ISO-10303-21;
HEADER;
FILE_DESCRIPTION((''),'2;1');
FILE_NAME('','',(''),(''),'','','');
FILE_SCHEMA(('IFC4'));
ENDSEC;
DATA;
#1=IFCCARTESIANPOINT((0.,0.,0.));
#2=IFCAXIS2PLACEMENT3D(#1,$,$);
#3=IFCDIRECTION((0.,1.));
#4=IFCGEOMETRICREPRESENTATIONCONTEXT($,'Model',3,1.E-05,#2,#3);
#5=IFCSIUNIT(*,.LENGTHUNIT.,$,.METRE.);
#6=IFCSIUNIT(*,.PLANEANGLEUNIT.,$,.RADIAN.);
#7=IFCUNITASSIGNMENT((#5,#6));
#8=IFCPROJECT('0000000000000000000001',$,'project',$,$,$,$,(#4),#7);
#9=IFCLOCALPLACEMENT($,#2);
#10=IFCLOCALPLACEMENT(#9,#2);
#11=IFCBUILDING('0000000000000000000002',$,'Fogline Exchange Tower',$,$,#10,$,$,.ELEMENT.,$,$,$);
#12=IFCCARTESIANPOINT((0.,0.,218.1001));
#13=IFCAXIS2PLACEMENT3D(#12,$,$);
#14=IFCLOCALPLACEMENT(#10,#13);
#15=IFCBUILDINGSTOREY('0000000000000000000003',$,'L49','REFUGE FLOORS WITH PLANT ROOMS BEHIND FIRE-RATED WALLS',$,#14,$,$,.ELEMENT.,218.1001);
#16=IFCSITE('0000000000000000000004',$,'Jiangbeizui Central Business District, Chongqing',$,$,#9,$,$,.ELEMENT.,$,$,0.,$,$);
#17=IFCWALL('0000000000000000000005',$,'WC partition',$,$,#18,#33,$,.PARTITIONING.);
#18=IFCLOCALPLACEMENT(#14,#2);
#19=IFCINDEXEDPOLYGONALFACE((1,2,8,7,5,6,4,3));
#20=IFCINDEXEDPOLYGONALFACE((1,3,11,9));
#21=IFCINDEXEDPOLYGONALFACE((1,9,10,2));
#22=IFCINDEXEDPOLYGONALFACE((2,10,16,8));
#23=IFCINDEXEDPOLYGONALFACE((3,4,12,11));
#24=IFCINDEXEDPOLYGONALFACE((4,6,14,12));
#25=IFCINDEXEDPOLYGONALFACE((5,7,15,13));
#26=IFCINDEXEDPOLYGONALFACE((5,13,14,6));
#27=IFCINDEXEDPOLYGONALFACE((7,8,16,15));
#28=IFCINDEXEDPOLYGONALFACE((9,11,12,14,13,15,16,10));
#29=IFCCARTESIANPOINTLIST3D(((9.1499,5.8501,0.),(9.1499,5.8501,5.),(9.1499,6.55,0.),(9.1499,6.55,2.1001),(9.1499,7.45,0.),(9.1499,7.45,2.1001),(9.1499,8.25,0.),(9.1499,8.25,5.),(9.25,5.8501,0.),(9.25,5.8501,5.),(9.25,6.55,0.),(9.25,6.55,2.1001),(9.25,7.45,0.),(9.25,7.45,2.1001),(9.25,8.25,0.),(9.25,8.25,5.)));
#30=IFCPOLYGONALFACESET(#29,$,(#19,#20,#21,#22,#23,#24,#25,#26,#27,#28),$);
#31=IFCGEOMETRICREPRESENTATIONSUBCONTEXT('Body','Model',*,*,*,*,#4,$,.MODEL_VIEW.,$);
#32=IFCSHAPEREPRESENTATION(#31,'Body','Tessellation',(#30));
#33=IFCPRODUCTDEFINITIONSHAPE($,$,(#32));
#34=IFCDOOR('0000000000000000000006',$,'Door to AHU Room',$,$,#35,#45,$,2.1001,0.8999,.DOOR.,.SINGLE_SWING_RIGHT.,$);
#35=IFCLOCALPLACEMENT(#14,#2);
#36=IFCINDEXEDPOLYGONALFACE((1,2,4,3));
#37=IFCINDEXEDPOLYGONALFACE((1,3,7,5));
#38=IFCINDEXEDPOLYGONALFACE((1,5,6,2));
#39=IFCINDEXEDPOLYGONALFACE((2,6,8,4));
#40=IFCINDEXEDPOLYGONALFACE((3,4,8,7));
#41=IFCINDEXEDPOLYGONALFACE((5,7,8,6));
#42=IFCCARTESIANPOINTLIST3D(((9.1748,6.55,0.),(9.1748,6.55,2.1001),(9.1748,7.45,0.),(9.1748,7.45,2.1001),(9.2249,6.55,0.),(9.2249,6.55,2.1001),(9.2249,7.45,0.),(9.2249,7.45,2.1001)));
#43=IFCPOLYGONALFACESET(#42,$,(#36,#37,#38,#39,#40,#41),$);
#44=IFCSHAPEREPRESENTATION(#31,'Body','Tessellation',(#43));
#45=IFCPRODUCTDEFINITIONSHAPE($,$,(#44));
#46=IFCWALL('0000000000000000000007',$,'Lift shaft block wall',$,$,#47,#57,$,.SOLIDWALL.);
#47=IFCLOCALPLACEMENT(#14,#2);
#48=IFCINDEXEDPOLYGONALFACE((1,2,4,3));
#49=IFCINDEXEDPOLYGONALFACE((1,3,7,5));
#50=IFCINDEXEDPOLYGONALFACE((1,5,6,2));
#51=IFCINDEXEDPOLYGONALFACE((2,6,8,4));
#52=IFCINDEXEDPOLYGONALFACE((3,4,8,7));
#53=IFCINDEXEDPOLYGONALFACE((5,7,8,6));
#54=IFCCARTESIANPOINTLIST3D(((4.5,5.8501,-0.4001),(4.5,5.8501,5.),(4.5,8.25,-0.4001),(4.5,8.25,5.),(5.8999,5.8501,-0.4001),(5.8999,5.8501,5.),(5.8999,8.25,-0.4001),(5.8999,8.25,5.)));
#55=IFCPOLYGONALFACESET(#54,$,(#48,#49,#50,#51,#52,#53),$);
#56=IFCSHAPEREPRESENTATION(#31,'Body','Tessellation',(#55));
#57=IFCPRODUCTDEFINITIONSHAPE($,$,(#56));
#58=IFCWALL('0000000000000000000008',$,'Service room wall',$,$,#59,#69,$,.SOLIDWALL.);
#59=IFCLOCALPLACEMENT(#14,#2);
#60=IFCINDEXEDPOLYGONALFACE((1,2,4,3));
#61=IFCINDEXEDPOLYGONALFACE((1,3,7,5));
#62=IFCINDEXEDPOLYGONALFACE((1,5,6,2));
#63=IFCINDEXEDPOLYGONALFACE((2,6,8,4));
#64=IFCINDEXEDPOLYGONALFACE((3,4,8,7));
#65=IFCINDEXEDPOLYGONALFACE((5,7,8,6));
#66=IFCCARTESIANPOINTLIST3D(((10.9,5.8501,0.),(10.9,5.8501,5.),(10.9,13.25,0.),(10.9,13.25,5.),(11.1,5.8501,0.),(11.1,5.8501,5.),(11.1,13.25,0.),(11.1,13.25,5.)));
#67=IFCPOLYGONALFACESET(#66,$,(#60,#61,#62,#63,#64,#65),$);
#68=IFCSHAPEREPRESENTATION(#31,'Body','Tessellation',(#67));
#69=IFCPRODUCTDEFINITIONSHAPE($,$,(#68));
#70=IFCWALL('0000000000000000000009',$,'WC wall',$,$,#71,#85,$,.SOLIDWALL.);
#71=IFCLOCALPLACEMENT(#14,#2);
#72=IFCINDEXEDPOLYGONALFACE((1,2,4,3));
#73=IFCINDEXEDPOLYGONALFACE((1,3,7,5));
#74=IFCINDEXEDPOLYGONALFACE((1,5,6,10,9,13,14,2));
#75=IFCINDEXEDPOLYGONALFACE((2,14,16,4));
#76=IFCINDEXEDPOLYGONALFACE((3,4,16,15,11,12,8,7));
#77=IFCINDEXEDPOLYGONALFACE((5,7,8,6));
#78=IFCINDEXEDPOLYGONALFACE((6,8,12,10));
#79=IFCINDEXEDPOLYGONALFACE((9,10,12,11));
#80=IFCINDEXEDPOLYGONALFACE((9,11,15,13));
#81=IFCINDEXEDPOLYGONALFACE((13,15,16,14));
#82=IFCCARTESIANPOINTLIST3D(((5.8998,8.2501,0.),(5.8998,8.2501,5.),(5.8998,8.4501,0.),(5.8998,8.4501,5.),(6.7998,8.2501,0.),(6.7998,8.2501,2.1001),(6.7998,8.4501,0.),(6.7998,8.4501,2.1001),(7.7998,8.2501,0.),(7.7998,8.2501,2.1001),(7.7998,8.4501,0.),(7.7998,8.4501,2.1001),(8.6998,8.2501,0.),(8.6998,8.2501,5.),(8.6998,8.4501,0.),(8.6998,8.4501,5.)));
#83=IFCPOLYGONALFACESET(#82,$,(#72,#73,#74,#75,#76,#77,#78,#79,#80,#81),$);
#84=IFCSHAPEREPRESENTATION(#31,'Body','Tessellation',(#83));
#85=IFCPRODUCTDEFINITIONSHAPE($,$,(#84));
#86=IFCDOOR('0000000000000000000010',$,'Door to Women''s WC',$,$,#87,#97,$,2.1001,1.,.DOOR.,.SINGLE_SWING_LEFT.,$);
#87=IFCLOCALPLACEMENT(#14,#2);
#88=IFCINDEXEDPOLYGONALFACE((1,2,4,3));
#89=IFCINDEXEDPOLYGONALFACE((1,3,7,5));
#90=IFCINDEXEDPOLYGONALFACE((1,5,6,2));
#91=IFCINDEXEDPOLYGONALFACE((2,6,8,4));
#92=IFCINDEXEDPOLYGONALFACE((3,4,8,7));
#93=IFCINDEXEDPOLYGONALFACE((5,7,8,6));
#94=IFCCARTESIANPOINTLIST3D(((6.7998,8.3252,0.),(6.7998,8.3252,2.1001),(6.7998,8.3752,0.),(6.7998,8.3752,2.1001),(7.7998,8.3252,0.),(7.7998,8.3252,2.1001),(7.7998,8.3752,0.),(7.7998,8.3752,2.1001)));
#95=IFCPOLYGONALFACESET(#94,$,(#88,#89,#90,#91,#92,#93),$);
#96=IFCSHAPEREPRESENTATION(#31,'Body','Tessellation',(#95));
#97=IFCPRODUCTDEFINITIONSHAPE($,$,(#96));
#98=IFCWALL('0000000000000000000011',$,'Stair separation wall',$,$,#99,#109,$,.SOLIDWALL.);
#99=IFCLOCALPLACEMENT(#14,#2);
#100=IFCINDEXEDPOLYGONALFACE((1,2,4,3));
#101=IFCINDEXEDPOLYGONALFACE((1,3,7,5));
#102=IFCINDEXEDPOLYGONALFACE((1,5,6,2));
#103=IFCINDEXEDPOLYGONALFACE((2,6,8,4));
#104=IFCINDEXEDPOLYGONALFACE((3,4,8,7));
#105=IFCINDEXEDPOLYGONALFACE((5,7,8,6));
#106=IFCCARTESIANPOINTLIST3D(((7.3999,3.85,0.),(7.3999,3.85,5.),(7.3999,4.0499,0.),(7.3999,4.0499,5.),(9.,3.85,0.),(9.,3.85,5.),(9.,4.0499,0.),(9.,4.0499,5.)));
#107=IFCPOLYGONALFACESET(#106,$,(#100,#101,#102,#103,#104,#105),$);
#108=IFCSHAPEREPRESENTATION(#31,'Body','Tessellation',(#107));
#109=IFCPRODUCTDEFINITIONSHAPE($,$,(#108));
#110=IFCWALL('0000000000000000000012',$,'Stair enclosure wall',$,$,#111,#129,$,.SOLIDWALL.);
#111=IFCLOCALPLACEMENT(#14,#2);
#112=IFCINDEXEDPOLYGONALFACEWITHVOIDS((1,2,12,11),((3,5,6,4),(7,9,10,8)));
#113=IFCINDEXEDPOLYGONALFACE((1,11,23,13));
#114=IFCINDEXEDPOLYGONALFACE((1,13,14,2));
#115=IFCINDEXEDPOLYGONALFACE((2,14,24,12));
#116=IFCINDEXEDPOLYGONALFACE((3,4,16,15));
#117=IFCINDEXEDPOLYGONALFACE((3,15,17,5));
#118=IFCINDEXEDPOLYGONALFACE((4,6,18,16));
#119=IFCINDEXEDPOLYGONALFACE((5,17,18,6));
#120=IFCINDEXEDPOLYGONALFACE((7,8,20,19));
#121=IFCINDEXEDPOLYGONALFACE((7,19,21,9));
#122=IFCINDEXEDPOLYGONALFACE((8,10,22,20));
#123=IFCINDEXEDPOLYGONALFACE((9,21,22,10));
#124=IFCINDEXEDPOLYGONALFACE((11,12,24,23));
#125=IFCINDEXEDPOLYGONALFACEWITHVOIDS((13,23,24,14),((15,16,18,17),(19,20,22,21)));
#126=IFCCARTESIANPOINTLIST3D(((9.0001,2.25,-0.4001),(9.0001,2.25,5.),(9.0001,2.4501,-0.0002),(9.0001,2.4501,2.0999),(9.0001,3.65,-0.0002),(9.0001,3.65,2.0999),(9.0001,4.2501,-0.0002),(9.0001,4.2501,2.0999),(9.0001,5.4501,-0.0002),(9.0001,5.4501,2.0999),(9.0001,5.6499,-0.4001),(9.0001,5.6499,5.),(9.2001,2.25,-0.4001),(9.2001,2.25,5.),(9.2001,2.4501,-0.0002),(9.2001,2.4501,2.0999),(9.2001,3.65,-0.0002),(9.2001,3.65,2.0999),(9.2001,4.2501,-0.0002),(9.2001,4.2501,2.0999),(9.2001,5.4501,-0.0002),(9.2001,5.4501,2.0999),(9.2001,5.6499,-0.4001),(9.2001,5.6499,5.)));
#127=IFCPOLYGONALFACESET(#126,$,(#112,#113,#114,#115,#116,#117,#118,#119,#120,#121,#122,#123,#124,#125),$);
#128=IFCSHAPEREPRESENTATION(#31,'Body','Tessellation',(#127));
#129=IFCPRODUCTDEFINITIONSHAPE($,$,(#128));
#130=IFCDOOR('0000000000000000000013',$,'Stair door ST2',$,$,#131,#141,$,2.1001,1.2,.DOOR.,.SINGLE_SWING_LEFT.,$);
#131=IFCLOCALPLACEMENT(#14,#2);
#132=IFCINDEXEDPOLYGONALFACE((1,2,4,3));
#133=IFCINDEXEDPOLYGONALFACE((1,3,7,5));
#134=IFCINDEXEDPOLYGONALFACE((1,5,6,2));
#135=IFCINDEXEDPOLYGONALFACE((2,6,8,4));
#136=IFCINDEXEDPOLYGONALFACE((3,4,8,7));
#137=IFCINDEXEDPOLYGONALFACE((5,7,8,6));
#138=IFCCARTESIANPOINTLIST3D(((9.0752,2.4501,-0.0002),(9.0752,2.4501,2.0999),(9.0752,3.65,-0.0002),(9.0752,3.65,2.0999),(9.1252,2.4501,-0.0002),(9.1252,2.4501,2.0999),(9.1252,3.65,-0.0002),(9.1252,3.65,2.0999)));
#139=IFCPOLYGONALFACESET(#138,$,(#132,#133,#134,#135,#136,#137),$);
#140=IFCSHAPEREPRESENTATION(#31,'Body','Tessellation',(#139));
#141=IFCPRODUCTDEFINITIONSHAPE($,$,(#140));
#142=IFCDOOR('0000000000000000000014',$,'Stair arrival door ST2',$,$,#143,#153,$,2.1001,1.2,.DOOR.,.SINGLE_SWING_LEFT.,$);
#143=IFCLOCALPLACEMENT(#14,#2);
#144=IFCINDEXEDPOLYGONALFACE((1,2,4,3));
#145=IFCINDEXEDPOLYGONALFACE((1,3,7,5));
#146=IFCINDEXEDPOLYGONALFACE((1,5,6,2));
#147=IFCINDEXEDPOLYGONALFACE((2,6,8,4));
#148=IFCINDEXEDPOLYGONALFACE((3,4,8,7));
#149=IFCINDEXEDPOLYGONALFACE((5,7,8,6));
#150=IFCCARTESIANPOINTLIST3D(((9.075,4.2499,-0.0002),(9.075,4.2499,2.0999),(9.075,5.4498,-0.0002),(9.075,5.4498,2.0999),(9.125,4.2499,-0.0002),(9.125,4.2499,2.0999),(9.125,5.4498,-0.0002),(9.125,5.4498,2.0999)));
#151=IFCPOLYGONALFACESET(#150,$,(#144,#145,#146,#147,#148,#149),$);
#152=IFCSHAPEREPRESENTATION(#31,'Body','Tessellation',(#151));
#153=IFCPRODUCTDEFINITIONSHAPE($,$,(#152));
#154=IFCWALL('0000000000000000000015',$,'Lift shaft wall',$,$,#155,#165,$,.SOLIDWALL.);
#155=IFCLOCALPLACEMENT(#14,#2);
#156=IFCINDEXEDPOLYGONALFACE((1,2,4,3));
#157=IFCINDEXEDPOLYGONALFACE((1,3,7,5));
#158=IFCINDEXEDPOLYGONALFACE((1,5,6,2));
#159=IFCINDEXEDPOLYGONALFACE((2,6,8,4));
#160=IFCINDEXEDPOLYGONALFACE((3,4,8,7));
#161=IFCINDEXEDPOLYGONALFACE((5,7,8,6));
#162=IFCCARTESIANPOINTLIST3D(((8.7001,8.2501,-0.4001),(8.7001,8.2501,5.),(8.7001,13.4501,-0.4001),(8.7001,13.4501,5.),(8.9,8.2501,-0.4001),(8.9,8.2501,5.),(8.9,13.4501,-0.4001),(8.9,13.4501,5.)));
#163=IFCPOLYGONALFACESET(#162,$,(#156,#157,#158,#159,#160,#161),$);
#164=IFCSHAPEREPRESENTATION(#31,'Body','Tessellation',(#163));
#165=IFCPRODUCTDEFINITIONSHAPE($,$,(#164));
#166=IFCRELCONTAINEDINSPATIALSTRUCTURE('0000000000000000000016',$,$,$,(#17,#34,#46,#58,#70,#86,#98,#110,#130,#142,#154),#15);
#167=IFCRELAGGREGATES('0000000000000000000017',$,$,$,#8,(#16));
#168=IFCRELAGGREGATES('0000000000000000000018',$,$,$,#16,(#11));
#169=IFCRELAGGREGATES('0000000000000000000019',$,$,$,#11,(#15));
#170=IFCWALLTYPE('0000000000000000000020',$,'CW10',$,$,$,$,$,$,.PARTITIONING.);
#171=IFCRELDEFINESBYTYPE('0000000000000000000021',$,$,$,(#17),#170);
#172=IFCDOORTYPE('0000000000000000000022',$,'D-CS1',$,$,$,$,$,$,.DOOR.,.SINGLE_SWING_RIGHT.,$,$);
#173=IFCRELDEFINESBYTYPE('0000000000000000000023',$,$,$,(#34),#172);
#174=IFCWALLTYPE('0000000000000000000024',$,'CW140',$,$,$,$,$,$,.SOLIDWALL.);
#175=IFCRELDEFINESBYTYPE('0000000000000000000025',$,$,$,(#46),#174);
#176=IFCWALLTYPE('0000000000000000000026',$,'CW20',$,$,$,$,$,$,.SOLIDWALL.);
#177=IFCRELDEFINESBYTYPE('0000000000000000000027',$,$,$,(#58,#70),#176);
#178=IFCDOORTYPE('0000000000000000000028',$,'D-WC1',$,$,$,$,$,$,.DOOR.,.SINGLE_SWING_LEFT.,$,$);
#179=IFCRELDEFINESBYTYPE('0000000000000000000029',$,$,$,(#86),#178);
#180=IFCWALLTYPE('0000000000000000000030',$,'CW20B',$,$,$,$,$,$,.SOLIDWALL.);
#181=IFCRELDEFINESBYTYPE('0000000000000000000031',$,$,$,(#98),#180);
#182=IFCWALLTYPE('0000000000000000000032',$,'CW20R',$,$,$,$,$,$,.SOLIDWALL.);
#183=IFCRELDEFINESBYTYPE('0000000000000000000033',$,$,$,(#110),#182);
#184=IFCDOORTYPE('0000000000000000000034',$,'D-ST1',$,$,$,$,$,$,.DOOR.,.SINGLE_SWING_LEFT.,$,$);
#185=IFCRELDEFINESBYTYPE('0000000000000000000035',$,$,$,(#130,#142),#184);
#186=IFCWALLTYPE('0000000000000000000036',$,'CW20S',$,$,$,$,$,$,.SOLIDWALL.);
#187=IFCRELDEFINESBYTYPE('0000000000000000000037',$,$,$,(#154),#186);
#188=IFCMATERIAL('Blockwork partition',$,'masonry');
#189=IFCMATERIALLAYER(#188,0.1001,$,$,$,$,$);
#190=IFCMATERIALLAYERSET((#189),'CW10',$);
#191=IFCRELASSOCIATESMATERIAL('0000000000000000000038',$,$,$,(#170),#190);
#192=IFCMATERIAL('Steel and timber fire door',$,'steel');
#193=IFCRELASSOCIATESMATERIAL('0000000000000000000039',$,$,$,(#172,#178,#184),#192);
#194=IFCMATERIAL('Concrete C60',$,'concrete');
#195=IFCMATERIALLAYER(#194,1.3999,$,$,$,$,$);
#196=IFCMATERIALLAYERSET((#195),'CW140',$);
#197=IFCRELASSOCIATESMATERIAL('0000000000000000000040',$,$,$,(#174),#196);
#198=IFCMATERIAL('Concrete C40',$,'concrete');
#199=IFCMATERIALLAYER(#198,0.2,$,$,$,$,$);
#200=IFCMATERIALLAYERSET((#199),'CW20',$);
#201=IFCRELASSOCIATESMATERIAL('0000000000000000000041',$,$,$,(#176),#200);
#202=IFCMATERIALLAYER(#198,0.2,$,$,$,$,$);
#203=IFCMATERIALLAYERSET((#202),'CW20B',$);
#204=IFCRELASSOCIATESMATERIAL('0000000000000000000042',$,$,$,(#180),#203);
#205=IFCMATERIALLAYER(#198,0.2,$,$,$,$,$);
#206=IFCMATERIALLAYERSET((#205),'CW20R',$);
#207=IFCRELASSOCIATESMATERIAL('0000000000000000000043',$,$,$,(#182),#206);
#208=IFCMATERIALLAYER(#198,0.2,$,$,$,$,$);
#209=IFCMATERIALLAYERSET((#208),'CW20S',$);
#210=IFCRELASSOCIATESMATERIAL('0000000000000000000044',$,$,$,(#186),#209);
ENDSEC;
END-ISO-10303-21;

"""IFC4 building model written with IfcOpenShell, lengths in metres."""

from ifc_helpers import new_model, si_unit, direction, frame, frame_2d, origin, place, context, subcontext, project, spatial, rectangle, extrude, material, layer, layer_set, type_object, element, fill, save


model = new_model("IFC4")

# Units and contexts
model_context = context("Model", 3, precision=1e-05, world=origin(), true_north=direction((0.0, 1.0)))
body_context = subcontext(model_context, "Body", "Model", "MODEL_VIEW")
ifc_project = project(units=[si_unit("LENGTHUNIT", "METRE"), si_unit("PLANEANGLEUNIT", "RADIAN")], contexts=[model_context])

# Site, building, storey
site_placement = place(None, origin())
site = spatial("IfcSite", under=ifc_project, at=site_placement, Name="Jiangbeizui Central Business District, Chongqing", CompositionType="ELEMENT", RefElevation=0.0)
building_placement = place(site_placement, origin())
building = spatial("IfcBuilding", under=site, at=building_placement, Name="Fogline Exchange Tower", CompositionType="ELEMENT")
storey_placement = place(building_placement, frame((0.0, 0.0, 218.1001)))
storey = spatial("IfcBuildingStorey", under=building, at=storey_placement, Name="L49", Description="REFUGE FLOORS WITH PLANT ROOMS BEHIND FIRE-RATED WALLS", CompositionType="ELEMENT", Elevation=218.1001)

# Wall, opening, door
ifc_material_1 = material(Name="Blockwork partition", Category="masonry")
ifc_layer_1 = layer(ifc_material_1, 0.1001)
ifc_layer_set_1 = layer_set([ifc_layer_1], Name="CW10")
wall_type_1 = type_object("IfcWallType", Name="CW10", PredefinedType="PARTITIONING", material=ifc_layer_set_1)
wall_1_placement = place(storey_placement, frame((9.2, 5.8501, 0.0), z_axis=(0.0, 0.0, 1.0), x_axis=(0.0, 1.0, 0.0)))
wall_1 = element("IfcWall", 1, at=wall_1_placement, inside=storey, type_object=wall_type_1, Name="WC partition", PredefinedType="PARTITIONING", context=body_context, shape_type="SweptSolid", body=[
    extrude(rectangle(XDim=2.3999, YDim=0.1001, at=frame_2d((1.2, 0.0))), origin(), (0.0, 0.0, 1.0), 5.0),
])
opening_1_placement = place(wall_1_placement, frame((0.7, 0.0, 0.0)))
opening_1 = element("IfcOpeningElement", 2, at=opening_1_placement, cuts=wall_1, PredefinedType="OPENING", context=body_context, shape_type="SweptSolid", body=[
    extrude(rectangle(XDim=0.8999, YDim=2.1001, at=frame_2d((0.45, 1.05))), frame((0.0, 0.0601, 0.0), z_axis=(0.0, -1.0, 0.0), x_axis=(1.0, 0.0, 0.0)), (0.0, 0.0, 1.0), 0.1201),
])
ifc_material_2 = material(Name="Steel and timber fire door", Category="steel")
door_type_1 = type_object("IfcDoorType", Name="D-CS1", OperationType="SINGLE_SWING_RIGHT", PredefinedType="DOOR", material=ifc_material_2)
door_1_placement = place(opening_1_placement, frame((0.8999, 0.0, 0.0), z_axis=(0.0, 0.0, 1.0), x_axis=(-1.0, 0.0, 0.0)))
door_1 = element("IfcDoor", 3, at=door_1_placement, inside=storey, type_object=door_type_1, Name="Door to AHU Room", OperationType="SINGLE_SWING_RIGHT", OverallHeight=2.1001, OverallWidth=0.8999, PredefinedType="DOOR", context=body_context, shape_type="SweptSolid", body=[
    extrude(rectangle(XDim=0.8999, YDim=2.1001, at=frame_2d((0.45, 1.05))), frame((0.0, 0.0249, 0.0), z_axis=(0.0, -1.0, 0.0), x_axis=(1.0, 0.0, 0.0)), (0.0, 0.0, 1.0), 0.05),
])
fill(opening_1, door_1)

# Walls
ifc_material_3 = material(Name="Concrete C60", Category="concrete")
ifc_layer_2 = layer(ifc_material_3, 1.3999)
ifc_layer_set_2 = layer_set([ifc_layer_2], Name="CW140")
wall_type_2 = type_object("IfcWallType", Name="CW140", PredefinedType="SOLIDWALL", material=ifc_layer_set_2)
wall_2_placement = place(storey_placement, frame((5.2, 5.8501, -0.4001), z_axis=(0.0, 0.0, 1.0), x_axis=(0.0, 1.0, 0.0)))
element("IfcWall", 4, at=wall_2_placement, inside=storey, type_object=wall_type_2, Name="Lift shaft block wall", PredefinedType="SOLIDWALL", context=body_context, shape_type="SweptSolid", body=[
    extrude(rectangle(XDim=2.3999, YDim=1.3999, at=frame_2d((1.2, 0.0))), origin(), (0.0, 0.0, 1.0), 5.4001),
])
ifc_material_4 = material(Name="Concrete C40", Category="concrete")
ifc_layer_3 = layer(ifc_material_4, 0.2)
ifc_layer_set_3 = layer_set([ifc_layer_3], Name="CW20")
wall_type_3 = type_object("IfcWallType", Name="CW20", PredefinedType="SOLIDWALL", material=ifc_layer_set_3)
wall_3_placement = place(storey_placement, frame((11.0, 5.8501, 0.0), z_axis=(0.0, 0.0, 1.0), x_axis=(0.0, 1.0, 0.0)))
element("IfcWall", 5, at=wall_3_placement, inside=storey, type_object=wall_type_3, Name="Service room wall", PredefinedType="SOLIDWALL", context=body_context, shape_type="SweptSolid", body=[
    extrude(rectangle(XDim=7.3999, YDim=0.2, at=frame_2d((3.7, 0.0))), origin(), (0.0, 0.0, 1.0), 5.0),
])

# Wall, opening, door
wall_4_placement = place(storey_placement, frame((5.8999, 8.3501, 0.0), z_axis=(0.0, 0.0, 1.0), x_axis=(1.0, 0.0, 0.0)))
wall_4 = element("IfcWall", 6, at=wall_4_placement, inside=storey, type_object=wall_type_3, Name="WC wall", PredefinedType="SOLIDWALL", context=body_context, shape_type="SweptSolid", body=[
    extrude(rectangle(XDim=2.8, YDim=0.2, at=frame_2d((1.3999, 0.0))), origin(), (0.0, 0.0, 1.0), 5.0),
])
opening_2_placement = place(wall_4_placement, frame((0.8999, 0.0, 0.0)))
opening_2 = element("IfcOpeningElement", 7, at=opening_2_placement, cuts=wall_4, PredefinedType="OPENING", context=body_context, shape_type="SweptSolid", body=[
    extrude(rectangle(XDim=1.0, YDim=2.1001, at=frame_2d((0.5, 1.05))), frame((0.0, 0.1099, 0.0), z_axis=(0.0, -1.0, 0.0), x_axis=(1.0, 0.0, 0.0)), (0.0, 0.0, 1.0), 0.22),
])
door_type_2 = type_object("IfcDoorType", Name="D-WC1", OperationType="SINGLE_SWING_LEFT", PredefinedType="DOOR", material=ifc_material_2)
door_2_placement = place(opening_2_placement, frame((1.0, 0.0, 0.0), z_axis=(0.0, 0.0, 1.0), x_axis=(-1.0, 0.0, 0.0)))
door_2 = element("IfcDoor", 8, at=door_2_placement, inside=storey, type_object=door_type_2, Name="Door to Women's WC", OperationType="SINGLE_SWING_LEFT", OverallHeight=2.1001, OverallWidth=1.0, PredefinedType="DOOR", context=body_context, shape_type="SweptSolid", body=[
    extrude(rectangle(XDim=1.0, YDim=2.1001, at=frame_2d((0.5, 1.05))), frame((0.0, 0.0249, 0.0), z_axis=(0.0, -1.0, 0.0), x_axis=(1.0, 0.0, 0.0)), (0.0, 0.0, 1.0), 0.05),
])
fill(opening_2, door_2)

# Wall
ifc_layer_4 = layer(ifc_material_4, 0.2)
ifc_layer_set_4 = layer_set([ifc_layer_4], Name="CW20B")
wall_type_4 = type_object("IfcWallType", Name="CW20B", PredefinedType="SOLIDWALL", material=ifc_layer_set_4)
wall_5_placement = place(storey_placement, frame((7.3999, 3.95, 0.0), z_axis=(0.0, 0.0, 1.0), x_axis=(1.0, 0.0, 0.0)))
element("IfcWall", 9, at=wall_5_placement, inside=storey, type_object=wall_type_4, Name="Stair separation wall", PredefinedType="SOLIDWALL", context=body_context, shape_type="SweptSolid", body=[
    extrude(rectangle(XDim=1.6001, YDim=0.2, at=frame_2d((0.8, 0.0))), origin(), (0.0, 0.0, 1.0), 5.0),
])

# Wall, openings, doors
ifc_layer_5 = layer(ifc_material_4, 0.2)
ifc_layer_set_5 = layer_set([ifc_layer_5], Name="CW20R")
wall_type_5 = type_object("IfcWallType", Name="CW20R", PredefinedType="SOLIDWALL", material=ifc_layer_set_5)
wall_6_placement = place(storey_placement, frame((9.1001, 2.25, -0.4001), z_axis=(0.0, 0.0, 1.0), x_axis=(0.0, 1.0, 0.0)))
wall_6 = element("IfcWall", 10, at=wall_6_placement, inside=storey, type_object=wall_type_5, Name="Stair enclosure wall", PredefinedType="SOLIDWALL", context=body_context, shape_type="SweptSolid", body=[
    extrude(rectangle(XDim=3.3999, YDim=0.2, at=frame_2d((1.7, 0.0))), origin(), (0.0, 0.0, 1.0), 5.4001),
])
opening_3_placement = place(wall_6_placement, frame((0.2, 0.0, 0.3999)))
opening_3 = element("IfcOpeningElement", 11, at=opening_3_placement, cuts=wall_6, PredefinedType="OPENING", context=body_context, shape_type="SweptSolid", body=[
    extrude(rectangle(XDim=1.2, YDim=2.1001, at=frame_2d((0.6001, 1.05))), frame((0.0, 0.1099, 0.0), z_axis=(0.0, -1.0, 0.0), x_axis=(1.0, 0.0, 0.0)), (0.0, 0.0, 1.0), 0.22),
])
opening_4_placement = place(wall_6_placement, frame((2.0, 0.0, 0.3999)))
opening_4 = element("IfcOpeningElement", 12, at=opening_4_placement, cuts=wall_6, PredefinedType="OPENING", context=body_context, shape_type="SweptSolid", body=[
    extrude(rectangle(XDim=1.2, YDim=2.1001, at=frame_2d((0.6001, 1.05))), frame((0.0, 0.1099, 0.0), z_axis=(0.0, -1.0, 0.0), x_axis=(1.0, 0.0, 0.0)), (0.0, 0.0, 1.0), 0.22),
])
door_type_3 = type_object("IfcDoorType", Name="D-ST1", OperationType="SINGLE_SWING_LEFT", PredefinedType="DOOR", material=ifc_material_2)
door_3_placement = place(opening_3_placement, origin())
door_3 = element("IfcDoor", 13, at=door_3_placement, inside=storey, type_object=door_type_3, Name="Stair door ST2", OperationType="SINGLE_SWING_LEFT", OverallHeight=2.1001, OverallWidth=1.2, PredefinedType="DOOR", context=body_context, shape_type="SweptSolid", body=[
    extrude(rectangle(XDim=1.2, YDim=2.1001, at=frame_2d((0.6001, 1.05))), frame((0.0, 0.0249, 0.0), z_axis=(0.0, -1.0, 0.0), x_axis=(1.0, 0.0, 0.0)), (0.0, 0.0, 1.0), 0.05),
])
fill(opening_3, door_3)
door_4_placement = place(opening_4_placement, frame((1.2, 0.0, 0.0), z_axis=(0.0, 0.0, 1.0), x_axis=(-1.0, 0.0, 0.0)))
door_4 = element("IfcDoor", 14, at=door_4_placement, inside=storey, type_object=door_type_3, Name="Stair arrival door ST2", OperationType="SINGLE_SWING_LEFT", OverallHeight=2.1001, OverallWidth=1.2, PredefinedType="DOOR", context=body_context, shape_type="SweptSolid", body=[
    extrude(rectangle(XDim=1.2, YDim=2.1001, at=frame_2d((0.6001, 1.05))), frame((0.0, 0.0249, 0.0), z_axis=(0.0, -1.0, 0.0), x_axis=(1.0, 0.0, 0.0)), (0.0, 0.0, 1.0), 0.05),
])
fill(opening_4, door_4)

# Wall
ifc_layer_6 = layer(ifc_material_4, 0.2)
ifc_layer_set_6 = layer_set([ifc_layer_6], Name="CW20S")
wall_type_6 = type_object("IfcWallType", Name="CW20S", PredefinedType="SOLIDWALL", material=ifc_layer_set_6)
wall_7_placement = place(storey_placement, frame((8.8, 8.25, -0.4001), z_axis=(0.0, 0.0, 1.0), x_axis=(0.0, 1.0, 0.0)))
element("IfcWall", 15, at=wall_7_placement, inside=storey, type_object=wall_type_6, Name="Lift shaft wall", PredefinedType="SOLIDWALL", context=body_context, shape_type="SweptSolid", body=[
    extrude(rectangle(XDim=5.2, YDim=0.2, at=frame_2d((2.6001, 0.0))), origin(), (0.0, 0.0, 1.0), 5.4001),
])

save(model, "model.ifc")
